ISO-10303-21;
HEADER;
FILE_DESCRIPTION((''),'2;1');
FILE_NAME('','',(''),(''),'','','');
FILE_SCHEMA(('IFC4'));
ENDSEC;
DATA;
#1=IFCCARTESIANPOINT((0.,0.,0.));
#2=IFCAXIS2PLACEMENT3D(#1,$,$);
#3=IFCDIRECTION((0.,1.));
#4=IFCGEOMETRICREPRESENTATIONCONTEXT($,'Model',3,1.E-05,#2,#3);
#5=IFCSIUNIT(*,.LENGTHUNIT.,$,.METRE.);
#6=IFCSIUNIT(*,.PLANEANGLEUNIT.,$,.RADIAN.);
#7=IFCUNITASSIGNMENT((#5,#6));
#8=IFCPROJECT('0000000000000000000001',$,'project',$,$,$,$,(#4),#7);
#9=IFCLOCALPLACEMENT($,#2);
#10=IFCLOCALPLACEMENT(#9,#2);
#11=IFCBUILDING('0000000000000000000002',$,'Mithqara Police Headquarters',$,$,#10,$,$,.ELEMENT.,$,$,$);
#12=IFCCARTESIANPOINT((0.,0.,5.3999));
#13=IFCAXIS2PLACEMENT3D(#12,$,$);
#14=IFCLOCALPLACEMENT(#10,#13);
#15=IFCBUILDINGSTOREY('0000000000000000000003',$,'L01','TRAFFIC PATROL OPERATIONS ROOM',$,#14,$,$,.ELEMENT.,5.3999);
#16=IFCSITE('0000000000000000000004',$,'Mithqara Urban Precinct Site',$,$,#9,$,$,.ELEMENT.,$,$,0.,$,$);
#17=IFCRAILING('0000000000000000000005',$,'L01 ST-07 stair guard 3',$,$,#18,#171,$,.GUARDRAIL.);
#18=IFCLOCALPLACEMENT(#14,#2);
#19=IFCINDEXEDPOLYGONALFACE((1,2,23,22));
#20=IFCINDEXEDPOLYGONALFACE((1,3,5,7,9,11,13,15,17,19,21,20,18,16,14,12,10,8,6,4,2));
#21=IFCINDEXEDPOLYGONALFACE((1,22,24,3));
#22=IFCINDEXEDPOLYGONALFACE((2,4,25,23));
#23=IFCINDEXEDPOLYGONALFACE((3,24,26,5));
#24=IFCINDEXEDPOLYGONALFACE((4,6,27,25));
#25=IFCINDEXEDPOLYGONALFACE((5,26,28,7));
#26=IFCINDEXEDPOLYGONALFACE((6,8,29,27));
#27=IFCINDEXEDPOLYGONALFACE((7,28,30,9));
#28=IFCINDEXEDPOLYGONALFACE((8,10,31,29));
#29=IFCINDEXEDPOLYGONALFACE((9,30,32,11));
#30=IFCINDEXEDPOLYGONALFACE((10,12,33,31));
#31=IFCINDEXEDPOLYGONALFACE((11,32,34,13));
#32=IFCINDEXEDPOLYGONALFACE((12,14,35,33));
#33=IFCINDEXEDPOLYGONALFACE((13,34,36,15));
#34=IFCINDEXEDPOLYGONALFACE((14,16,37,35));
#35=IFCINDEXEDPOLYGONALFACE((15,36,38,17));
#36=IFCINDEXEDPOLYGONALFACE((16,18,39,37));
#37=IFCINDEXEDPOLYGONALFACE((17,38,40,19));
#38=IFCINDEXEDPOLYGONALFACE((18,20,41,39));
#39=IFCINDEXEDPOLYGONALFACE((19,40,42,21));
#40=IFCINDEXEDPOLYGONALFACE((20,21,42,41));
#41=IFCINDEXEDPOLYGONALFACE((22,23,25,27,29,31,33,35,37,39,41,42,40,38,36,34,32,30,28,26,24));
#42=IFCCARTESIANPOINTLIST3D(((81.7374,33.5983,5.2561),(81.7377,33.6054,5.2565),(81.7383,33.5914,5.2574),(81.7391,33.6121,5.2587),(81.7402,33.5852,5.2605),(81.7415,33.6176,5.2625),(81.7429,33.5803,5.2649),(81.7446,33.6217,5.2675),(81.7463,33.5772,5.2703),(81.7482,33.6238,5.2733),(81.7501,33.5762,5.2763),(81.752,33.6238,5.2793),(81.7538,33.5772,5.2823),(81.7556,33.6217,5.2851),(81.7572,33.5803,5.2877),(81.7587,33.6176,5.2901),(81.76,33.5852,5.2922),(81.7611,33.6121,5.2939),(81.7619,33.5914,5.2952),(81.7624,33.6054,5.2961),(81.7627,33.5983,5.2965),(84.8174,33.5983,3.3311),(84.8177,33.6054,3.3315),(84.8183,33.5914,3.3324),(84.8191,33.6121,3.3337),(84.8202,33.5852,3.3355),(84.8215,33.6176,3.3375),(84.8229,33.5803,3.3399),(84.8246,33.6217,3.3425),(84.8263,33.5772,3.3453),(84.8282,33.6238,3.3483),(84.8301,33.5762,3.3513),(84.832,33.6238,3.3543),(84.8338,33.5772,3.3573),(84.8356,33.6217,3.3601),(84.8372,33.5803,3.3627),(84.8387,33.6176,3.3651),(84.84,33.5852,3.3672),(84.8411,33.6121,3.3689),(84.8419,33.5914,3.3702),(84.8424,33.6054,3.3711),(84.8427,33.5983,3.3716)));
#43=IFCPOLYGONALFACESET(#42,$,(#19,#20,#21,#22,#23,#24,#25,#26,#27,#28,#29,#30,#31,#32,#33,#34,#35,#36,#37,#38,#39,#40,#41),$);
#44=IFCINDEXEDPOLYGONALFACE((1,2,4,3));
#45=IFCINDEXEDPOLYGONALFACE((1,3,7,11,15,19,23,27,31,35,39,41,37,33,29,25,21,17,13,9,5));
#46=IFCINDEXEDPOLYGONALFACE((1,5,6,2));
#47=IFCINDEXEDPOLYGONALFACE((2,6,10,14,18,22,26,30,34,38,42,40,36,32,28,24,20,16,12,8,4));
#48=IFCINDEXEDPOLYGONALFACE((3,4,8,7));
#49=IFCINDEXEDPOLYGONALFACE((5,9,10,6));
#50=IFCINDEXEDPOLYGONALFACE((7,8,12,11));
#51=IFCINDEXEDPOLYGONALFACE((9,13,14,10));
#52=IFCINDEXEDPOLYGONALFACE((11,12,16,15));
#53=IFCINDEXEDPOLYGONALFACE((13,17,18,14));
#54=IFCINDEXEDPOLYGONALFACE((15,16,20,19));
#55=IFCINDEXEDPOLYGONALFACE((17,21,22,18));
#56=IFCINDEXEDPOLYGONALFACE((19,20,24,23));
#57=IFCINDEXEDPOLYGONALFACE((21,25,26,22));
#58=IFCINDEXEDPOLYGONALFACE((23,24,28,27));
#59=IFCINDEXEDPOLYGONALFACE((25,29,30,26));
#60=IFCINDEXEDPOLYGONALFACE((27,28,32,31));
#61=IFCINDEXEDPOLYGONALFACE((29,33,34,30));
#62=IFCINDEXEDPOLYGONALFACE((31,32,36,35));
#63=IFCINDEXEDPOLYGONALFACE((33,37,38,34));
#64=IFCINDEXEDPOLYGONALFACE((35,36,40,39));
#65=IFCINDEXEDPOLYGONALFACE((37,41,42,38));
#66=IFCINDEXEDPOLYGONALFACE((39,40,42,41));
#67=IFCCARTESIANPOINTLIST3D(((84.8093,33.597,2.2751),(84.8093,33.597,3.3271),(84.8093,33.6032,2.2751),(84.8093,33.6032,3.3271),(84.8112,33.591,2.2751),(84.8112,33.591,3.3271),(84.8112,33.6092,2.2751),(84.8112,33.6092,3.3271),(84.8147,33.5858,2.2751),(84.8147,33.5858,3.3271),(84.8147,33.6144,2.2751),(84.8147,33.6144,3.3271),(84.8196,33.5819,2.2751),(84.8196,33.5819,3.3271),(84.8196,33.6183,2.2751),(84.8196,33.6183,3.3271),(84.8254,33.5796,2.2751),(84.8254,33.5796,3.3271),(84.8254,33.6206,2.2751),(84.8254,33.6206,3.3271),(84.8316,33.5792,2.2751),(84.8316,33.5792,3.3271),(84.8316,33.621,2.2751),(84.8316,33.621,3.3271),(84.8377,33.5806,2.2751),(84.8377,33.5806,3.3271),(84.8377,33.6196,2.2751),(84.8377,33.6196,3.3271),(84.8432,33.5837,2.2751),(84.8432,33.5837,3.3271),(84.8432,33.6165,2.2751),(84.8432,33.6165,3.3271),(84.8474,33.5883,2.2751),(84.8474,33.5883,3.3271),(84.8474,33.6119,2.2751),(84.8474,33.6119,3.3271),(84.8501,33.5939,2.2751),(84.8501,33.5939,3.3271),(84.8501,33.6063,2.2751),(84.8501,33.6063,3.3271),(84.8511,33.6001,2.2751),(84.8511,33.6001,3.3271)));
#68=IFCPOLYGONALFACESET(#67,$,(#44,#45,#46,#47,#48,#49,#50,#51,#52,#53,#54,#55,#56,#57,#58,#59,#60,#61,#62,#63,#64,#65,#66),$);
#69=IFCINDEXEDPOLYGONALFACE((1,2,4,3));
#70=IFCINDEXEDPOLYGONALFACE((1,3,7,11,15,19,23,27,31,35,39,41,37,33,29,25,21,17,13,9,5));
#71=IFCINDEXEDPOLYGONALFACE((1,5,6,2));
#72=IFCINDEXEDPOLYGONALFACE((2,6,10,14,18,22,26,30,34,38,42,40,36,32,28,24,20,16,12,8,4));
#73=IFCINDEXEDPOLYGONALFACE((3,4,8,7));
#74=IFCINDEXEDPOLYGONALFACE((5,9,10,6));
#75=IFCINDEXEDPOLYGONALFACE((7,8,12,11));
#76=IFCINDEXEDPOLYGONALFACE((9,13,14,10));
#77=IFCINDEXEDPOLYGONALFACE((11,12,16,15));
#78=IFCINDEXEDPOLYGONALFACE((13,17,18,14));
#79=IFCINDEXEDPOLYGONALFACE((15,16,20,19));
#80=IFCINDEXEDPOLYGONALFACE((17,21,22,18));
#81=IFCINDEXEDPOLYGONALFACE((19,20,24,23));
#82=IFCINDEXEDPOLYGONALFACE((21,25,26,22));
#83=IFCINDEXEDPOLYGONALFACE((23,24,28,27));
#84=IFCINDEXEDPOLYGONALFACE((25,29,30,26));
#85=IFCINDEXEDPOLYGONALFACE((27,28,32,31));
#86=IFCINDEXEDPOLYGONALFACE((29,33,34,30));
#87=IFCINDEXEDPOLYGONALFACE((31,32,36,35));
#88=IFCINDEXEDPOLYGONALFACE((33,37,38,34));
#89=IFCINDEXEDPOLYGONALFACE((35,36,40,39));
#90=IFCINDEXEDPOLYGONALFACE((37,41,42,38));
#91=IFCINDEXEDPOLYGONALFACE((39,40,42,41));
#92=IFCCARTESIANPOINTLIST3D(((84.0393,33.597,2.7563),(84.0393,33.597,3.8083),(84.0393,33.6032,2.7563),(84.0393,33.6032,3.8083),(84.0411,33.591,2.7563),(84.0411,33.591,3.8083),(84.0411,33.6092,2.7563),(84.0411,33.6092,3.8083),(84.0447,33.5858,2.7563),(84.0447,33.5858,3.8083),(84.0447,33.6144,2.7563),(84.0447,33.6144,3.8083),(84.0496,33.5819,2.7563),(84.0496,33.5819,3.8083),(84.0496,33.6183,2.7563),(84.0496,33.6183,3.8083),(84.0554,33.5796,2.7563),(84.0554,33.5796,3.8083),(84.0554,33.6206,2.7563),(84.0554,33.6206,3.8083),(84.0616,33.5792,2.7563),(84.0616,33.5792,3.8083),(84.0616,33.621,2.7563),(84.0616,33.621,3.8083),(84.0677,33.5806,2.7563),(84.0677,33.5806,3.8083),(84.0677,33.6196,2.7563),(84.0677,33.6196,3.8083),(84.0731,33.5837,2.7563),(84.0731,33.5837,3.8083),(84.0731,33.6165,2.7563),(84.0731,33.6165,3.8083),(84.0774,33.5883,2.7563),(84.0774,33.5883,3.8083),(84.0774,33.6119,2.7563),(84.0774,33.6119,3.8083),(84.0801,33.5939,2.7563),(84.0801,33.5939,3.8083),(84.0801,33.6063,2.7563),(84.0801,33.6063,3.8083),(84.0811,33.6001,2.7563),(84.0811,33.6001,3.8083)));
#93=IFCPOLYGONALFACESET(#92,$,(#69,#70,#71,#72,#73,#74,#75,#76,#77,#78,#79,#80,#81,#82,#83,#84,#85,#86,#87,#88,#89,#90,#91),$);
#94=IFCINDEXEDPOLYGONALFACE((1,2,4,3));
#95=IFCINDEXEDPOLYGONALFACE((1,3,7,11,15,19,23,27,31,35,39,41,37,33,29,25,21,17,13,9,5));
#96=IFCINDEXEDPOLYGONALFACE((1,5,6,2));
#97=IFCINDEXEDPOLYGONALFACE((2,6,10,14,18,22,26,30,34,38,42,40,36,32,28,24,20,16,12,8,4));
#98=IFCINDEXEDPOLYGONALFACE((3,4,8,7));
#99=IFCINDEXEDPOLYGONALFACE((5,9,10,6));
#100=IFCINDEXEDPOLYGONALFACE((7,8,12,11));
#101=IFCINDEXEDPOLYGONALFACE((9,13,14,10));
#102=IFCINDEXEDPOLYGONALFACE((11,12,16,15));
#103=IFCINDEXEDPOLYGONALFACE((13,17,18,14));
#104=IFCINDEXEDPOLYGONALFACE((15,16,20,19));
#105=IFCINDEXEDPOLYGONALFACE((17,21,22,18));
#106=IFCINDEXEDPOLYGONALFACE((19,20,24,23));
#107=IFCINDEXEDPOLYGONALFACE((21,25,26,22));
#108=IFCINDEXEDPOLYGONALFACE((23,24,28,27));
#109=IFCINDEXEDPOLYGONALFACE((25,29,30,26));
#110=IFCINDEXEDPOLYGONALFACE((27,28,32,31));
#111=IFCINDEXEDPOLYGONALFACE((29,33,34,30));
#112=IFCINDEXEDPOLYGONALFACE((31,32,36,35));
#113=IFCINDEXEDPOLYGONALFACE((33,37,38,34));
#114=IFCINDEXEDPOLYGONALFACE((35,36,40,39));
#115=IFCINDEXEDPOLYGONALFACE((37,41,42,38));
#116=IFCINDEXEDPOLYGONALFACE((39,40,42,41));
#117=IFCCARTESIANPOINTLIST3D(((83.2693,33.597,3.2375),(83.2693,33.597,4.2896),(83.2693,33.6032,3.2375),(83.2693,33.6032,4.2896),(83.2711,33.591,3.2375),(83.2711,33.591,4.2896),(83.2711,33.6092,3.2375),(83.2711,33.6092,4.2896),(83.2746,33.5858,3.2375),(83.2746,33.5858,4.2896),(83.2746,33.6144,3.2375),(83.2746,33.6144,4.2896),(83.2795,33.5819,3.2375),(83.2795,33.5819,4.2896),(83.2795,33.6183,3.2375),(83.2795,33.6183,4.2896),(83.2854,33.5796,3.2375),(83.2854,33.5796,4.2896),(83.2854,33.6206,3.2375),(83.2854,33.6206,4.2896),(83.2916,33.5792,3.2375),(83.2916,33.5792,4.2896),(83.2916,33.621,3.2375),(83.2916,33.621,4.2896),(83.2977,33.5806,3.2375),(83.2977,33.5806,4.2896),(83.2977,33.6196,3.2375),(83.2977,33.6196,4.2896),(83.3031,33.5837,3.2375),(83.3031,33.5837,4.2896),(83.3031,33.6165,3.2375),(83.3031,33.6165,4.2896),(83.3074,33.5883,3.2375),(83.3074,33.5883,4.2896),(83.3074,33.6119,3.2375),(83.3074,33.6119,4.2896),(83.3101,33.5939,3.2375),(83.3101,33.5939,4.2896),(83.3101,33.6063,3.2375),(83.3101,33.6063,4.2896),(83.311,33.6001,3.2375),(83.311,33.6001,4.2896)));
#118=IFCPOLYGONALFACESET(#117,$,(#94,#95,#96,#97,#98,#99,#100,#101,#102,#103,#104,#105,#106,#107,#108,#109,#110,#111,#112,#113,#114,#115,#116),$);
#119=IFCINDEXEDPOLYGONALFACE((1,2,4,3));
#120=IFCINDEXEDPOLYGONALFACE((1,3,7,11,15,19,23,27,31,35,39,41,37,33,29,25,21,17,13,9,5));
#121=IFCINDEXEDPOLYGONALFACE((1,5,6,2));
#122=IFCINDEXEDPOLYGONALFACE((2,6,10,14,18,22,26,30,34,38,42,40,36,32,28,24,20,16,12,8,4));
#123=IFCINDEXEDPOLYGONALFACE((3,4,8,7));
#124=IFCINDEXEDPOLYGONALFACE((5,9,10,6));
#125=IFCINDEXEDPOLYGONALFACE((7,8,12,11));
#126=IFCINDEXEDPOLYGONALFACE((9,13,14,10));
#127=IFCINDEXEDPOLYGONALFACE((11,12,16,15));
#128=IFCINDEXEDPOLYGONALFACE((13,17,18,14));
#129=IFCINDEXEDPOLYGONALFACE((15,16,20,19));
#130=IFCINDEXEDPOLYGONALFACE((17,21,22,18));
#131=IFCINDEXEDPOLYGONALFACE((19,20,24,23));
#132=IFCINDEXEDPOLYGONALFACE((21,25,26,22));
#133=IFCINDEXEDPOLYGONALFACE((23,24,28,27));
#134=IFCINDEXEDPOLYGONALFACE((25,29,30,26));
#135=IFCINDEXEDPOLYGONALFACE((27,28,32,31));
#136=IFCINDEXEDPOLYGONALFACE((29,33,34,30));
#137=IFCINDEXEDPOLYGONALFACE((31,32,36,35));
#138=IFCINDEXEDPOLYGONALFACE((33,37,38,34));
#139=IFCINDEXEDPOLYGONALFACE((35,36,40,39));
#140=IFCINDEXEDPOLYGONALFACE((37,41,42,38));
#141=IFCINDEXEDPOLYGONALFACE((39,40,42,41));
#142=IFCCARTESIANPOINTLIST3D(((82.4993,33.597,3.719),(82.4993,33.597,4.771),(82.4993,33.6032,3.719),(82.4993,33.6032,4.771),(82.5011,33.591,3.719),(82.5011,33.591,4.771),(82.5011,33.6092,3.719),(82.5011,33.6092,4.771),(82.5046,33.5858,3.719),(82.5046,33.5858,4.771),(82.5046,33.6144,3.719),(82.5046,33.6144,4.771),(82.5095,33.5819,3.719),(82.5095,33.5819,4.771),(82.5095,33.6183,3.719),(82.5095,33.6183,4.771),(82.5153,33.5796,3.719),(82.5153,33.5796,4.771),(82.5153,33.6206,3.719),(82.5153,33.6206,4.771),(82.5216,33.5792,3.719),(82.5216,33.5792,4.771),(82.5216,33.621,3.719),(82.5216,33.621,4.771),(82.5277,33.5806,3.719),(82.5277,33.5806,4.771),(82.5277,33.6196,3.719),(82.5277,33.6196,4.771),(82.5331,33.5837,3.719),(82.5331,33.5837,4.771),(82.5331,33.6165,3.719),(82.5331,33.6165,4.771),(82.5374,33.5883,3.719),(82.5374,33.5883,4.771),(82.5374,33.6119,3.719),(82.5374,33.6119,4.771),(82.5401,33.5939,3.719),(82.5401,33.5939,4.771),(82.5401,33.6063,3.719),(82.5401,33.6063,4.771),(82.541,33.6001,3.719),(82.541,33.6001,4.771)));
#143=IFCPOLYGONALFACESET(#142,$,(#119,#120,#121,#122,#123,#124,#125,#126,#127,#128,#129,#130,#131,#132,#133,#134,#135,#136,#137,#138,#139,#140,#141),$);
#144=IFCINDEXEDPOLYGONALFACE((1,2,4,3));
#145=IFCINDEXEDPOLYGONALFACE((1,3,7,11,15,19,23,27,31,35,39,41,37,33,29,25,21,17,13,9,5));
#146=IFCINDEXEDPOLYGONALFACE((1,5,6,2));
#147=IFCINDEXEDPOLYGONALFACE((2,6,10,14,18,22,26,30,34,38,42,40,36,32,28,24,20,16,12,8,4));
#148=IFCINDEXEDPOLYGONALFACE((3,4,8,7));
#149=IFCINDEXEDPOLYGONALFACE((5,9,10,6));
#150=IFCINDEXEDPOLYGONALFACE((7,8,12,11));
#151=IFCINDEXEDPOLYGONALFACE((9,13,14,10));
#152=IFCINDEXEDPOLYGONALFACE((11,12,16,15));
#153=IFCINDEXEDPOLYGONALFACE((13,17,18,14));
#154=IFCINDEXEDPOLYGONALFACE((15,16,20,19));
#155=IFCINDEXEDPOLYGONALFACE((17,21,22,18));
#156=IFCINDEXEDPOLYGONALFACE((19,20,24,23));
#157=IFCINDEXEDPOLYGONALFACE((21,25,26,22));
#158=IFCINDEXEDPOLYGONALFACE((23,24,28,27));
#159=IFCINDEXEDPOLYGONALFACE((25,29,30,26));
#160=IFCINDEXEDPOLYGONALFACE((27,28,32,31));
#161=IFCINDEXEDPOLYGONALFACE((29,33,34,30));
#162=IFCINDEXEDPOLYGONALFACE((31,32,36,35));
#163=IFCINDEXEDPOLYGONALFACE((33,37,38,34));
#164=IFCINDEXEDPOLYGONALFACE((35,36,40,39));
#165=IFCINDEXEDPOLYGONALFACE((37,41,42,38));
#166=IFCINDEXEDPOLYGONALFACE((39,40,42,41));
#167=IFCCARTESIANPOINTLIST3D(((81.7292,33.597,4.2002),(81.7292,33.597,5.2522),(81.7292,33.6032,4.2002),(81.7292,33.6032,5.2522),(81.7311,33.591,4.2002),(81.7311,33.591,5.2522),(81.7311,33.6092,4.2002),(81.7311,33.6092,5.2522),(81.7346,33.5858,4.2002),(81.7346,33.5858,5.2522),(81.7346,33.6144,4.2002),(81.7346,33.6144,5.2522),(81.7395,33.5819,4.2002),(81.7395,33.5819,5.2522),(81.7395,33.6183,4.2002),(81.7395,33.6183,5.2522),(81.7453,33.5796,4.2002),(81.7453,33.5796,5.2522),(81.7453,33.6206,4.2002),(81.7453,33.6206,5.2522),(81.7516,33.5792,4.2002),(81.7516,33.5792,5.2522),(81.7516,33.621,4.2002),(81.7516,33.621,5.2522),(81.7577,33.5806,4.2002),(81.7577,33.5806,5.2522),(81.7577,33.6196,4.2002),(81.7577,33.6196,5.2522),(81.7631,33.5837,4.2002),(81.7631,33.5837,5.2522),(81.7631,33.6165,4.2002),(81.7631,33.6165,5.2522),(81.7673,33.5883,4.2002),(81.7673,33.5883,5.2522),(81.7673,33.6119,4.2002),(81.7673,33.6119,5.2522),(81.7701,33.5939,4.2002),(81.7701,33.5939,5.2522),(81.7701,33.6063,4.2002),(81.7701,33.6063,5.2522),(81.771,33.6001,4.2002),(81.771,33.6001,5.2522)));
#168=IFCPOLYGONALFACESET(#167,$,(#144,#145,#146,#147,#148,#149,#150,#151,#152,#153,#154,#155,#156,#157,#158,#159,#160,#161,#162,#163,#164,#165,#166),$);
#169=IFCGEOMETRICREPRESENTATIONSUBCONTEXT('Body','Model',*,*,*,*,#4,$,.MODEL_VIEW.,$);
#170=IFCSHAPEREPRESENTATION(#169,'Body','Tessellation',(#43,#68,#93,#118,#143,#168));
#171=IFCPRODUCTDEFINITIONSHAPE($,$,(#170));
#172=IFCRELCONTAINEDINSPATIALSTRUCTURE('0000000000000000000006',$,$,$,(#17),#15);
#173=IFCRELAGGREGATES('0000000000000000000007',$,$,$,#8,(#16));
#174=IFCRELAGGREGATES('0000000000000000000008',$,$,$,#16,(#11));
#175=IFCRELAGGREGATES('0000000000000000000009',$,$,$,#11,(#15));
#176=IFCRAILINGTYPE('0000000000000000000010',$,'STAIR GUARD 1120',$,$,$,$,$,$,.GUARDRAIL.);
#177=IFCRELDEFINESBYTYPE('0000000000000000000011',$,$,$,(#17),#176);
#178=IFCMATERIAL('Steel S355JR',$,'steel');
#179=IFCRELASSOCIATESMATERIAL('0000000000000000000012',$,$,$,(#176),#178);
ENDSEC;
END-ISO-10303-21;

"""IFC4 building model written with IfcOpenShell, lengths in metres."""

from ifc_helpers import new_model, si_unit, direction, frame, origin, origin_2d, place, context, subcontext, project, spatial, circle, extrude, material, type_object, element, save


model = new_model("IFC4")

# Units and contexts
model_context = context("Model", 3, precision=1e-05, world=origin(), true_north=direction((0.0, 1.0)))
body_context = subcontext(model_context, "Body", "Model", "MODEL_VIEW")
ifc_project = project(units=[si_unit("LENGTHUNIT", "METRE"), si_unit("PLANEANGLEUNIT", "RADIAN")], contexts=[model_context])

# Site, building, storey
site_placement = place(None, origin())
site = spatial("IfcSite", under=ifc_project, at=site_placement, Name="Mithqara Urban Precinct Site", CompositionType="ELEMENT", RefElevation=0.0)
building_placement = place(site_placement, origin())
building = spatial("IfcBuilding", under=site, at=building_placement, Name="Mithqara Police Headquarters", CompositionType="ELEMENT")
storey_placement = place(building_placement, frame((0.0, 0.0, 5.3999)))
storey = spatial("IfcBuildingStorey", under=building, at=storey_placement, Name="L01", Description="TRAFFIC PATROL OPERATIONS ROOM", CompositionType="ELEMENT", Elevation=5.3999)

# Railing
ifc_material_1 = material(Name="Steel S355JR", Category="steel")
railing_type_1 = type_object("IfcRailingType", Name="STAIR GUARD 1120", PredefinedType="GUARDRAIL", material=ifc_material_1)
railing_1_placement = place(storey_placement, frame((84.8301, 33.6001, 2.2751)))
element("IfcRailing", 1, at=railing_1_placement, inside=storey, type_object=railing_type_1, Name="L01 ST-07 stair guard 3", PredefinedType="GUARDRAIL", context=body_context, shape_type="SweptSolid", body=[
    extrude(circle(Radius=0.0239, at=origin_2d()), frame((0.0, 0.0, 1.0762), z_axis=(-0.847998, 0.0, 0.529999), x_axis=(0.0, -1.0, 0.0)), (0.0, 0.0, 1.0), 3.6321),
    extrude(circle(Radius=0.021, at=origin_2d()), origin(), (0.0, 0.0, 1.0), 1.052),
    extrude(circle(Radius=0.021, at=origin_2d()), frame((-0.77, 0.0, 0.4812)), (0.0, 0.0, 1.0), 1.052),
    extrude(circle(Radius=0.021, at=origin_2d()), frame((-1.54, 0.0, 0.9624)), (0.0, 0.0, 1.0), 1.052),
    extrude(circle(Radius=0.021, at=origin_2d()), frame((-2.3101, 0.0, 1.4438)), (0.0, 0.0, 1.0), 1.052),
    extrude(circle(Radius=0.021, at=origin_2d()), frame((-3.0801, 0.0, 1.925)), (0.0, 0.0, 1.0), 1.052),
])

save(model, "model.ifc")
